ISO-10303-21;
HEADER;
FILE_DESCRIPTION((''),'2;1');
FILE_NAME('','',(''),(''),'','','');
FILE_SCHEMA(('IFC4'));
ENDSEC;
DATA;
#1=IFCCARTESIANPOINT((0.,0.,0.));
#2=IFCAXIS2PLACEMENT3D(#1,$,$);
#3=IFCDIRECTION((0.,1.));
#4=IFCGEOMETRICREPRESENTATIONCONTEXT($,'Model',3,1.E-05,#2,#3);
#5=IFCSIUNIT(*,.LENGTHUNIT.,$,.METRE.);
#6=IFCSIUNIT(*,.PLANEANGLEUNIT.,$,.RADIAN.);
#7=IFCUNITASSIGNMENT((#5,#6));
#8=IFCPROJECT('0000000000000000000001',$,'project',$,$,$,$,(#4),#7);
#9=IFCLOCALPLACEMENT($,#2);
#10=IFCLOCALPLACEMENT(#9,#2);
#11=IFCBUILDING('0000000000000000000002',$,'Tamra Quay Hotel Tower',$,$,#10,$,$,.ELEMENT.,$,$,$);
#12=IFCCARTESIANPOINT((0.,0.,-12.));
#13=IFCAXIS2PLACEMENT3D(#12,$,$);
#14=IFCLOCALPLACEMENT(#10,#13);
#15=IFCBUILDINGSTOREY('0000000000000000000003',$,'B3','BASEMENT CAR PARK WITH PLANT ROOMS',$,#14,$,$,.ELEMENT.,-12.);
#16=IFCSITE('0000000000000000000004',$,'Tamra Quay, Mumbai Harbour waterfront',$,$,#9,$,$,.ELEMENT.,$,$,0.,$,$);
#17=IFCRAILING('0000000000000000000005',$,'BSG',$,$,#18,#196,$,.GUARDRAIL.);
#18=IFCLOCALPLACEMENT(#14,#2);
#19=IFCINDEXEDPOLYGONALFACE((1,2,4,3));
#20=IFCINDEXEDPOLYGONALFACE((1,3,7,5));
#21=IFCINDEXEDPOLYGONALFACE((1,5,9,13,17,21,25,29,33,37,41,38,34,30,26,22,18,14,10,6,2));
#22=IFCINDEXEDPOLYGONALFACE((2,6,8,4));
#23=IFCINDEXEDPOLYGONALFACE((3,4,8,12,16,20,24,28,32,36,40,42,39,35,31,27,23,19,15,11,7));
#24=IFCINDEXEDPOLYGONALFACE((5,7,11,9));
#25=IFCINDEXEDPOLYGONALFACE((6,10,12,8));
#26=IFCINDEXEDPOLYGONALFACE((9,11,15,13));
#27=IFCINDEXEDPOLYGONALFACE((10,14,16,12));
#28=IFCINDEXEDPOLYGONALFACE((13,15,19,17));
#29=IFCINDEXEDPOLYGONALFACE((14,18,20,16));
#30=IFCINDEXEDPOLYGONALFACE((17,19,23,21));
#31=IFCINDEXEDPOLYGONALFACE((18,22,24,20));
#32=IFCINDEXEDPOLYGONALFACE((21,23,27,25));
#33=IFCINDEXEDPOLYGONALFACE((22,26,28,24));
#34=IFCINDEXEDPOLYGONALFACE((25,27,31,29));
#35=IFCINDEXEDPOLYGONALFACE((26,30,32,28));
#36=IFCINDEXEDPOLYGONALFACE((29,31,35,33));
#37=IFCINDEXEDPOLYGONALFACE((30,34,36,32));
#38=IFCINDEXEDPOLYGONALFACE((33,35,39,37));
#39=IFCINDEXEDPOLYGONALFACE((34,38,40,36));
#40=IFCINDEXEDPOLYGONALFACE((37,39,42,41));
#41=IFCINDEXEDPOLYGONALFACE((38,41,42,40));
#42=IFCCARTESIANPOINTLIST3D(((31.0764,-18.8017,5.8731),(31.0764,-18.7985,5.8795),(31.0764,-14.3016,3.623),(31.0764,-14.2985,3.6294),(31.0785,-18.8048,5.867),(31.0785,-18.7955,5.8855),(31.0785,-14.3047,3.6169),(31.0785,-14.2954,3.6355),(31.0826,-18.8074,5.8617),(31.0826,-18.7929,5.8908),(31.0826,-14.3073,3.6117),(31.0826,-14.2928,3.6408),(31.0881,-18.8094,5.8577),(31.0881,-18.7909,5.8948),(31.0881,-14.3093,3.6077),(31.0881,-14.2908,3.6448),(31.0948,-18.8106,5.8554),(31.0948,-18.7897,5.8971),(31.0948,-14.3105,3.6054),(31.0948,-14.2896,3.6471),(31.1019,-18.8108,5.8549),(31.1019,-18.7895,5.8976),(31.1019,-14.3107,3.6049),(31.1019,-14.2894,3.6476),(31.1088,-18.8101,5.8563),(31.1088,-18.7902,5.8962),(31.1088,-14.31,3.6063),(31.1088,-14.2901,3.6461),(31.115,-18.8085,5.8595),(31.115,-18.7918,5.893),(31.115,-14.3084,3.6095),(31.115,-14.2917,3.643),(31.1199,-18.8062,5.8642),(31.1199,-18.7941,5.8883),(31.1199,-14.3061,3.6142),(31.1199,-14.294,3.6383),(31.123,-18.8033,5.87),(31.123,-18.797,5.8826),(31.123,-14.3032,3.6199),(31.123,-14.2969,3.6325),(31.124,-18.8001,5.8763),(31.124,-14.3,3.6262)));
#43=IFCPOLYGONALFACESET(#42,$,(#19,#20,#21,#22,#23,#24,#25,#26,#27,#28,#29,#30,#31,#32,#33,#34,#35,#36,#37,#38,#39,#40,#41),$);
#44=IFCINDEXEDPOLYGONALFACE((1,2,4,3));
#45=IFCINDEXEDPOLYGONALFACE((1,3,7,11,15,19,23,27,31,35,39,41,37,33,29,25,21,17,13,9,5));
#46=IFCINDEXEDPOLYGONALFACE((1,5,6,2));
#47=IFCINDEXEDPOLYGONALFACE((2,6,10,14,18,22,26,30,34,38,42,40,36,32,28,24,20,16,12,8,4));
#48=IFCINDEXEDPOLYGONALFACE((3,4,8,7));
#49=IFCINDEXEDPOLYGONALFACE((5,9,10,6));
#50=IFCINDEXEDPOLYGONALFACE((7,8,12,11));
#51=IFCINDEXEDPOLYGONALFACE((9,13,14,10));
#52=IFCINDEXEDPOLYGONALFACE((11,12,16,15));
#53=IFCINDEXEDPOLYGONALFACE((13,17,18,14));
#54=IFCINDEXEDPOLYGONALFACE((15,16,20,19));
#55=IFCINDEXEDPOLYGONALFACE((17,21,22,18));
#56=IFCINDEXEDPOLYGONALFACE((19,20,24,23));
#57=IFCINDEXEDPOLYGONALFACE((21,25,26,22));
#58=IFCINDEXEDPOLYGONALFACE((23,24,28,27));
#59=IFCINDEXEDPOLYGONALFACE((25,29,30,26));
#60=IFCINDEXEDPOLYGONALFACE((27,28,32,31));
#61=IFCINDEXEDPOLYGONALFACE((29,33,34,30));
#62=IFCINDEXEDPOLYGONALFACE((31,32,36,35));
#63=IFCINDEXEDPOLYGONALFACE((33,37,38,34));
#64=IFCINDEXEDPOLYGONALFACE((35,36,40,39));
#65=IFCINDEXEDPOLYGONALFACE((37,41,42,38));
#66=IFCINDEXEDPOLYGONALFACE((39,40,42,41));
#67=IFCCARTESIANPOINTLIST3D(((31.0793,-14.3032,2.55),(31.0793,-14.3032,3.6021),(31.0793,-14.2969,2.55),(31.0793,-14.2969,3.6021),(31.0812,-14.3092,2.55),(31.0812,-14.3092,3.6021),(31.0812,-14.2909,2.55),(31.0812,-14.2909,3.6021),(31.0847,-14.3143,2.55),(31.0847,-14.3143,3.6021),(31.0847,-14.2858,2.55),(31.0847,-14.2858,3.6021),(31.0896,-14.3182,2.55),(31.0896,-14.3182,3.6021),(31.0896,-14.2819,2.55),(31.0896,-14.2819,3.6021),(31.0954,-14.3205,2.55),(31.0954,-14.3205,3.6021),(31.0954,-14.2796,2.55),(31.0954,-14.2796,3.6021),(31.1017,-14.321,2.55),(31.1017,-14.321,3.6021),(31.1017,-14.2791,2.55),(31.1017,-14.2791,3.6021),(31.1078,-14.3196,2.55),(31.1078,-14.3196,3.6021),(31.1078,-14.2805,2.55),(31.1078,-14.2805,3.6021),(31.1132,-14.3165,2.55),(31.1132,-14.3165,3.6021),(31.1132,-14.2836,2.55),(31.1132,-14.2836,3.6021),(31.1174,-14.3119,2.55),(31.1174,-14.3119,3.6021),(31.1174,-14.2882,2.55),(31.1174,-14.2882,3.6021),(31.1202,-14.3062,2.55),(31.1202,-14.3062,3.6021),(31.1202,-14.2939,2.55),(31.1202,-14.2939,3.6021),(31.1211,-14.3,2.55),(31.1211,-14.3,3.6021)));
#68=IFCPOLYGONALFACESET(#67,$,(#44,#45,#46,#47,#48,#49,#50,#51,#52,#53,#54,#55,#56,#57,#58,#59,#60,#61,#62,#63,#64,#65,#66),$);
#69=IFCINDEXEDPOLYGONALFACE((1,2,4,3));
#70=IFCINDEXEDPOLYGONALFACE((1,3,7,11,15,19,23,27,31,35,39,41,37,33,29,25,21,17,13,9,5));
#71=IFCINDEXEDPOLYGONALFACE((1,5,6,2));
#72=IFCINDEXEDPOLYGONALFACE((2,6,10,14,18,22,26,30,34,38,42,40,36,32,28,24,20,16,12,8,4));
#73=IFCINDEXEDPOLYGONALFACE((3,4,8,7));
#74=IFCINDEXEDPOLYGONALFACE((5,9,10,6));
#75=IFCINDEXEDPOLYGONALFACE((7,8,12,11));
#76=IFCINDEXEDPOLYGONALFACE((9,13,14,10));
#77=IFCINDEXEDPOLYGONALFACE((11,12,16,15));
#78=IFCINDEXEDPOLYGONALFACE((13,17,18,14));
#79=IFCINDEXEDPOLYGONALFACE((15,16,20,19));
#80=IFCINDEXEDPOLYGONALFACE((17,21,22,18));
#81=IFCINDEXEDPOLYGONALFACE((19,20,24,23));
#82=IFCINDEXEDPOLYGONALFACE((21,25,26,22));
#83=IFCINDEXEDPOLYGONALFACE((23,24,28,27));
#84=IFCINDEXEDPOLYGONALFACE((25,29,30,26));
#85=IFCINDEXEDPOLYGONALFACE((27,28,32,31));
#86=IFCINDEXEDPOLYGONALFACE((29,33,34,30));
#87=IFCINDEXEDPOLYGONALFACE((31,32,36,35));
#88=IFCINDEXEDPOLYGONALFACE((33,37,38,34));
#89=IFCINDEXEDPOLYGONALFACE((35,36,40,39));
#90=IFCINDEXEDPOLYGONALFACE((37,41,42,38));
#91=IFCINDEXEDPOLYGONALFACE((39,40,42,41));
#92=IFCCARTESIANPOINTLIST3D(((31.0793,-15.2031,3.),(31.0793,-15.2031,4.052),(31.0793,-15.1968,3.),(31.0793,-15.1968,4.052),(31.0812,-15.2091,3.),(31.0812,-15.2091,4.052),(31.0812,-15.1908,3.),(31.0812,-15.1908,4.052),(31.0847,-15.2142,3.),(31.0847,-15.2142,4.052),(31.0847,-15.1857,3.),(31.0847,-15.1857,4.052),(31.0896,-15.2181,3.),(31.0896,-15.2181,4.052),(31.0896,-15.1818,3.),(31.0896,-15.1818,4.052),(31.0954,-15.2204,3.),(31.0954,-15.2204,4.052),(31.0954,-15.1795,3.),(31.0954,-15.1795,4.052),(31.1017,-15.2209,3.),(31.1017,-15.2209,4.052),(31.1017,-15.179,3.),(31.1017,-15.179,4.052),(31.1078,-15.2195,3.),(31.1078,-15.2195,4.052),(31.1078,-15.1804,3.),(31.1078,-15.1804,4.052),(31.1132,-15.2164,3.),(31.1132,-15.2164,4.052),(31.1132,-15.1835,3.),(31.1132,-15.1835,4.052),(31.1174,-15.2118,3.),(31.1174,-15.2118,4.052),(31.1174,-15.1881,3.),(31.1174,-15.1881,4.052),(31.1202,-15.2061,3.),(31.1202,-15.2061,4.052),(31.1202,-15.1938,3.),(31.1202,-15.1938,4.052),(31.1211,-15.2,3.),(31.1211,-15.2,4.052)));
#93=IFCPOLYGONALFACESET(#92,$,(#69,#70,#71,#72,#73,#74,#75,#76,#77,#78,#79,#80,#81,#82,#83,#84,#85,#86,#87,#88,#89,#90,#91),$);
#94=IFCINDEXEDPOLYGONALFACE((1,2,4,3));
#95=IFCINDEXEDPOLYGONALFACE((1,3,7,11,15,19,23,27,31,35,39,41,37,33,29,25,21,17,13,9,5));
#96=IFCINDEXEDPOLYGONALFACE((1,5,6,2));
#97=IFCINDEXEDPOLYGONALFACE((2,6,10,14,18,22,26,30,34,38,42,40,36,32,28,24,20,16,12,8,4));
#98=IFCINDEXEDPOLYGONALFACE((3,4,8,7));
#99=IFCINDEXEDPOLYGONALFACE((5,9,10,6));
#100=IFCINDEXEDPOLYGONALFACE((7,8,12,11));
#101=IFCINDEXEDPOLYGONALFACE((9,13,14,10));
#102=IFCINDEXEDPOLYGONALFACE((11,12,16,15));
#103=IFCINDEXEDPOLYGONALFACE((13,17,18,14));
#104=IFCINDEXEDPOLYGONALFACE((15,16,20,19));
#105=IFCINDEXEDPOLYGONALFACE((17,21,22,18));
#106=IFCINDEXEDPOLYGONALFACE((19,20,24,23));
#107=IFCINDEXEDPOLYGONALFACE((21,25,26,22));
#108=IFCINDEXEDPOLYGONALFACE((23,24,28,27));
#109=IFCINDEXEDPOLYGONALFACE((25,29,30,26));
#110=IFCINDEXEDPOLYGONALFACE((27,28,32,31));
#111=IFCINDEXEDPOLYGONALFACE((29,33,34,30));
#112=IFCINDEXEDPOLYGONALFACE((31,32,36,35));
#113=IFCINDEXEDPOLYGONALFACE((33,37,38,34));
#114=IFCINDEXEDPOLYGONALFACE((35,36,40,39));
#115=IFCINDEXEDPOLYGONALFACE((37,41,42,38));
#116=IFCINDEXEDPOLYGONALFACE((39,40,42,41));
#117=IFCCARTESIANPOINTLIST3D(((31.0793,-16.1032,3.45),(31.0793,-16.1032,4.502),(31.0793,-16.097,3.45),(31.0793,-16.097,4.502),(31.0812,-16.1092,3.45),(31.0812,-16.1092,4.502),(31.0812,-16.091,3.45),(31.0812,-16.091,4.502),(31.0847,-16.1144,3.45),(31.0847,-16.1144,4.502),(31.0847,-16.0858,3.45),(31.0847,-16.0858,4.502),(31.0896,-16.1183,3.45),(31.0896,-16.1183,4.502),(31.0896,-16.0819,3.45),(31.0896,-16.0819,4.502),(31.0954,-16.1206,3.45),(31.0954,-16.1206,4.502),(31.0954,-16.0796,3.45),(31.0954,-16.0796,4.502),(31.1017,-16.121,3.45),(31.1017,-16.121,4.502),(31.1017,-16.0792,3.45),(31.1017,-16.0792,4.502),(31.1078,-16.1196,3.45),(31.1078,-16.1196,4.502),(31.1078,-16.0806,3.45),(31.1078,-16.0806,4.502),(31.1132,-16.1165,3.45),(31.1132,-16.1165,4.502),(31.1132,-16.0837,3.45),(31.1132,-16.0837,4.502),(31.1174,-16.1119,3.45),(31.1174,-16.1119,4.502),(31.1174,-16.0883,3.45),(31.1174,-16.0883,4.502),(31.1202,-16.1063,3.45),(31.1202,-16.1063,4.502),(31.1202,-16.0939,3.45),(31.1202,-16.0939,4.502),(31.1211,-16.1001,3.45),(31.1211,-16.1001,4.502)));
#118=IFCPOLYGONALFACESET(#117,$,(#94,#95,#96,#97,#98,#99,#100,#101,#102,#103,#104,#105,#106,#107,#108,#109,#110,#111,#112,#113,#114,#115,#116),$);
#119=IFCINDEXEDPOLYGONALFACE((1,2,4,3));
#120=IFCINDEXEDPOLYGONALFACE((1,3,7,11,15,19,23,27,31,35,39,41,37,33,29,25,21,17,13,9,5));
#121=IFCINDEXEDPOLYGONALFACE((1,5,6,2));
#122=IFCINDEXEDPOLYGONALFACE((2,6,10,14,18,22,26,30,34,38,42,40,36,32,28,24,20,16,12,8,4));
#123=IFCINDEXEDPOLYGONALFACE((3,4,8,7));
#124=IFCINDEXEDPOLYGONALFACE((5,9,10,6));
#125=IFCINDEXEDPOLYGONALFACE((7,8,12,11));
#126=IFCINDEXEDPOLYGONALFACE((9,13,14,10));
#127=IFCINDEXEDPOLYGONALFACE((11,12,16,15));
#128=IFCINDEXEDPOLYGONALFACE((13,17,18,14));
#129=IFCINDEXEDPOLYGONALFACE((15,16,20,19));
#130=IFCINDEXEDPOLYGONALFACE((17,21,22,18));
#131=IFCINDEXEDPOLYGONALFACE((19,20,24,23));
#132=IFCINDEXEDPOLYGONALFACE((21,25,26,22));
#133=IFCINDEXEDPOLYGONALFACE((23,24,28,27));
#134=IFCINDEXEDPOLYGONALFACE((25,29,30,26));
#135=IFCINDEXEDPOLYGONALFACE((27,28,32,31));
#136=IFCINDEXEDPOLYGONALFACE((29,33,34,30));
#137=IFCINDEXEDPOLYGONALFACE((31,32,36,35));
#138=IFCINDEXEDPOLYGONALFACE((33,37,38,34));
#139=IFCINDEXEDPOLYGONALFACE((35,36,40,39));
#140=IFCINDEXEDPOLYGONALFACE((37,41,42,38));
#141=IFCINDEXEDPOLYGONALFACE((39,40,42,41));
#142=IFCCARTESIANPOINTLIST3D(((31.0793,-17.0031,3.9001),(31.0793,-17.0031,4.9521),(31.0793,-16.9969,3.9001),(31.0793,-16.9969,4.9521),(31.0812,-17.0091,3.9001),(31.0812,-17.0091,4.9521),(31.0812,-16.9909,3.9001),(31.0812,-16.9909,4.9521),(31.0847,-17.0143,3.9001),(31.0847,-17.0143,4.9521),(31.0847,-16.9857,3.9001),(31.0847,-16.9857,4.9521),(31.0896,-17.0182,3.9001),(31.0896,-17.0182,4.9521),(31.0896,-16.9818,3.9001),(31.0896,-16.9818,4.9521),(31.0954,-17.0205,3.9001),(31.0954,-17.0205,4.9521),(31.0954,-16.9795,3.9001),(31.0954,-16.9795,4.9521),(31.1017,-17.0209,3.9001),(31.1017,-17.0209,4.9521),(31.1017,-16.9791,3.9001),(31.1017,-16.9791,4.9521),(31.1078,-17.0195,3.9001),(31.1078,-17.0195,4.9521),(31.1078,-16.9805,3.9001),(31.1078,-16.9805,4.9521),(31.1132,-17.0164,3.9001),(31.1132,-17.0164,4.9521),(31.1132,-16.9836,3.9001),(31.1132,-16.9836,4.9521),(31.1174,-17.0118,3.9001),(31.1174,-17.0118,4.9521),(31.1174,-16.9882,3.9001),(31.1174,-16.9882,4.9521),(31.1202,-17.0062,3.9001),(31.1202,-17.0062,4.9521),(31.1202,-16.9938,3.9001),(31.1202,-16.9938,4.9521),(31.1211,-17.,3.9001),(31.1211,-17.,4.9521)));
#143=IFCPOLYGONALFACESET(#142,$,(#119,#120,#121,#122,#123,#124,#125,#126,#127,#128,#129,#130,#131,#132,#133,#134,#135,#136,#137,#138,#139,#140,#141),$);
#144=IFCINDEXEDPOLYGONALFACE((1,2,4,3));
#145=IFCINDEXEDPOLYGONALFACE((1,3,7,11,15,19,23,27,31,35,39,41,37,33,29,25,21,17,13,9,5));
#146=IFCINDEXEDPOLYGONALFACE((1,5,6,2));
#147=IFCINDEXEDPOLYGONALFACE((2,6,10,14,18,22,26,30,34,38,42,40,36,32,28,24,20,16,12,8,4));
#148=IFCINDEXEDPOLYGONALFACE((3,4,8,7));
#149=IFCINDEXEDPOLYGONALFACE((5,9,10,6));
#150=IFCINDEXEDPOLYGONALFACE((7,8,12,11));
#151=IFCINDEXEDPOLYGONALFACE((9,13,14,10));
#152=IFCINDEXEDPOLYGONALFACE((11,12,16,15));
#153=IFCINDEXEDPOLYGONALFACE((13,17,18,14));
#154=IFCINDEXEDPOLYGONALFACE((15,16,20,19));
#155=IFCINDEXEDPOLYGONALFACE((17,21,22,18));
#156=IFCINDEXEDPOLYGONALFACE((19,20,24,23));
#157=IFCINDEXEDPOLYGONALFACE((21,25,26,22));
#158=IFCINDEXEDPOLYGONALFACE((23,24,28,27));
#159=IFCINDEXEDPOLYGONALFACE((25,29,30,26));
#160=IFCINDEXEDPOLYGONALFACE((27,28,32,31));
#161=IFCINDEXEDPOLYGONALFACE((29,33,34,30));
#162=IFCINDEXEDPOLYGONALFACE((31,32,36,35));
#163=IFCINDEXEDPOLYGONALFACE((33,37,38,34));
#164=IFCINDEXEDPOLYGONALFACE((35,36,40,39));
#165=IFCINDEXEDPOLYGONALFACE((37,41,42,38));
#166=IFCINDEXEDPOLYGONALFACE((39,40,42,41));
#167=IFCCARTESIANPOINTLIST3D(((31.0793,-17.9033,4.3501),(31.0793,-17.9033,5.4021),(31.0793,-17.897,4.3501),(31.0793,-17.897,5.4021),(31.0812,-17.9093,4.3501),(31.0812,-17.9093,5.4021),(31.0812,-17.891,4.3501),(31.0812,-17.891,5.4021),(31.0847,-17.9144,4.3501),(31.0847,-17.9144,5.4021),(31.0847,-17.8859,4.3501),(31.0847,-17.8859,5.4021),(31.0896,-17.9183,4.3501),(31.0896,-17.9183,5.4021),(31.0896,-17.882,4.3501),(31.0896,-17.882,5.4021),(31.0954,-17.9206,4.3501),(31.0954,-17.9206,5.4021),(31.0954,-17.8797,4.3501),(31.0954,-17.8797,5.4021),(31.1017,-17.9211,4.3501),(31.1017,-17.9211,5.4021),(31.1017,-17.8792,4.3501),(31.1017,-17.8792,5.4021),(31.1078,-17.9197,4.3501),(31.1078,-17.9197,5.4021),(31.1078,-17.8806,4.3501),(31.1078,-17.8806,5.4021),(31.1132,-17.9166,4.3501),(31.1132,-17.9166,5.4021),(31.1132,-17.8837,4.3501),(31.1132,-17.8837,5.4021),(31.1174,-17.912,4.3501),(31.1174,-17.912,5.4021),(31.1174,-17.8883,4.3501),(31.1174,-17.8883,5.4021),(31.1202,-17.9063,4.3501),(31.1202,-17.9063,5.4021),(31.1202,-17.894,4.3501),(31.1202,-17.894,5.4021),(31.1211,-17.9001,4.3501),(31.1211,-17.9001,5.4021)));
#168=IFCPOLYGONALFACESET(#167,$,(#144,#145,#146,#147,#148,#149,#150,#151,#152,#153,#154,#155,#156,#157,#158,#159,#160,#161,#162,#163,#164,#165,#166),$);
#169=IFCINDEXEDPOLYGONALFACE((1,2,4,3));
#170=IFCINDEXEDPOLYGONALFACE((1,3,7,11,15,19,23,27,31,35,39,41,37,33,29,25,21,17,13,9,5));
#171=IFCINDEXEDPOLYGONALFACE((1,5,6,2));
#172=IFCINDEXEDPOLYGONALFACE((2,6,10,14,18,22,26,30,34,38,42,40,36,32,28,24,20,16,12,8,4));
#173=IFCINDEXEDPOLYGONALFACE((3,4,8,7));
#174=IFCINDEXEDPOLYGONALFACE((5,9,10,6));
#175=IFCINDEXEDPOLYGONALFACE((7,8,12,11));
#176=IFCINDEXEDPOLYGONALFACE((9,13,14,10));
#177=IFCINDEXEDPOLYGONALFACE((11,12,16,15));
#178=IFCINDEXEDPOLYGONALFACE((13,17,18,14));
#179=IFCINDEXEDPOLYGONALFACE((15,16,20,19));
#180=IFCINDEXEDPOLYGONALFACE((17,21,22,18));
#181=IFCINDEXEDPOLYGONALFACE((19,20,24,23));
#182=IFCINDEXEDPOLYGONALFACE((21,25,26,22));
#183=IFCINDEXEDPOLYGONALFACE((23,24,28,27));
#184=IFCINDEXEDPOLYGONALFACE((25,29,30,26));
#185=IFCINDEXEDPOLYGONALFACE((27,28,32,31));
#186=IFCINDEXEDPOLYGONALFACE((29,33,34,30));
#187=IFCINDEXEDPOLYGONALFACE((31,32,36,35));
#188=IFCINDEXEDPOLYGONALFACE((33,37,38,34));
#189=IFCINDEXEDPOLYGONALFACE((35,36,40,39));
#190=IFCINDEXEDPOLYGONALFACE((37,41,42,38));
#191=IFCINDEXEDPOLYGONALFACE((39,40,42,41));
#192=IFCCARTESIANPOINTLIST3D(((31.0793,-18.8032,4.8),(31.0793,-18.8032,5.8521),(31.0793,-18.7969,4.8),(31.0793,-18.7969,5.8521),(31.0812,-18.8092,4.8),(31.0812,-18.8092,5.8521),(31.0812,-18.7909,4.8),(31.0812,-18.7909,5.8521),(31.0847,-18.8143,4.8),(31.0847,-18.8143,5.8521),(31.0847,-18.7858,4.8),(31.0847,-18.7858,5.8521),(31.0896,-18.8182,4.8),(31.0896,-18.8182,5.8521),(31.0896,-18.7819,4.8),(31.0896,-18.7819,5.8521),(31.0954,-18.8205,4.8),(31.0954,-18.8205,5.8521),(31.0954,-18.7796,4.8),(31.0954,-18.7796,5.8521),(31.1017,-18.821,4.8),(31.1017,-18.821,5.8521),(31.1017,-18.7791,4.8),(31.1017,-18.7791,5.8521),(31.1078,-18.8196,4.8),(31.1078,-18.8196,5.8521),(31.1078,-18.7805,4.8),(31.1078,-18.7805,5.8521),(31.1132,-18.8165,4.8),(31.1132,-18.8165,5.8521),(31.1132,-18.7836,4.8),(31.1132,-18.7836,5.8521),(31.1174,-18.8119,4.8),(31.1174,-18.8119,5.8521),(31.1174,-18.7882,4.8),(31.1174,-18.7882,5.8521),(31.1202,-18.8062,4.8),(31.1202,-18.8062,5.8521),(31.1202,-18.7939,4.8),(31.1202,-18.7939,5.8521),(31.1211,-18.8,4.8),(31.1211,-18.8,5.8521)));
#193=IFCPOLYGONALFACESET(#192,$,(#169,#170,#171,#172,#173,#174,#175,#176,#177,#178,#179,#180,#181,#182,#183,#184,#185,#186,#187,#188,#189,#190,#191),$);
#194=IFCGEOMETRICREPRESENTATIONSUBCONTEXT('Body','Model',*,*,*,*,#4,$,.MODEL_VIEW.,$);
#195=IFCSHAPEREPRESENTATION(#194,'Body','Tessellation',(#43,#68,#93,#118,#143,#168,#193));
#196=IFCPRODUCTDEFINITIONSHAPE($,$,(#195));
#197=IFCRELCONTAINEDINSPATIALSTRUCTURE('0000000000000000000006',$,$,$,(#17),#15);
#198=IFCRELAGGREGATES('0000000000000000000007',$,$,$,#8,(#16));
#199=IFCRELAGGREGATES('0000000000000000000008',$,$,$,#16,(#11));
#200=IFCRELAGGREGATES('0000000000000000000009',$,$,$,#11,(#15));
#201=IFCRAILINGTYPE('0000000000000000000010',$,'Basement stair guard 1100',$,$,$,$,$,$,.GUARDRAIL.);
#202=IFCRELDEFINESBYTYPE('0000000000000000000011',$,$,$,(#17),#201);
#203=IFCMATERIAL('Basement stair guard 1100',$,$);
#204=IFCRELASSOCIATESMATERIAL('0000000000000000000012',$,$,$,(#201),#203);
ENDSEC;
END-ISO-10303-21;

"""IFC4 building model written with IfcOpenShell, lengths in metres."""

from ifc_helpers import new_model, si_unit, direction, frame, origin, origin_2d, place, context, subcontext, project, spatial, circle, extrude, material, type_object, element, save


model = new_model("IFC4")

# Units and contexts
model_context = context("Model", 3, precision=1e-05, world=origin(), true_north=direction((0.0, 1.0)))
body_context = subcontext(model_context, "Body", "Model", "MODEL_VIEW")
ifc_project = project(units=[si_unit("LENGTHUNIT", "METRE"), si_unit("PLANEANGLEUNIT", "RADIAN")], contexts=[model_context])

# Site, building, storey
site_placement = place(None, origin())
site = spatial("IfcSite", under=ifc_project, at=site_placement, Name="Tamra Quay, Mumbai Harbour waterfront", CompositionType="ELEMENT", RefElevation=0.0)
building_placement = place(site_placement, origin())
building = spatial("IfcBuilding", under=site, at=building_placement, Name="Tamra Quay Hotel Tower", CompositionType="ELEMENT")
storey_placement = place(building_placement, frame((0.0, 0.0, -12.0)))
storey = spatial("IfcBuildingStorey", under=building, at=storey_placement, Name="B3", Description="BASEMENT CAR PARK WITH PLANT ROOMS", CompositionType="ELEMENT", Elevation=-12.0)

# Railing
ifc_material_1 = material(Name="Basement stair guard 1100")
railing_type_1 = type_object("IfcRailingType", Name="Basement stair guard 1100", PredefinedType="GUARDRAIL", material=ifc_material_1)
railing_1_placement = place(storey_placement, frame((31.1001, -14.3, 2.55)))
element("IfcRailing", 1, at=railing_1_placement, inside=storey, type_object=railing_type_1, Name="BSG", PredefinedType="GUARDRAIL", context=body_context, shape_type="SweptSolid", body=[
    extrude(circle(Radius=0.0239, at=origin_2d()), frame((0.0, 0.0, 1.0762), z_axis=(0.0, -0.894427, 0.447214), x_axis=(1.0, 0.0, 0.0)), (0.0, 0.0, 1.0), 5.0312),
    extrude(circle(Radius=0.021, at=origin_2d()), origin(), (0.0, 0.0, 1.0), 1.052),
    extrude(circle(Radius=0.021, at=origin_2d()), frame((0.0, -0.8999, 0.45)), (0.0, 0.0, 1.0), 1.052),
    extrude(circle(Radius=0.021, at=origin_2d()), frame((0.0, -1.8, 0.8999)), (0.0, 0.0, 1.0), 1.052),
    extrude(circle(Radius=0.021, at=origin_2d()), frame((0.0, -2.7, 1.3501)), (0.0, 0.0, 1.0), 1.052),
    extrude(circle(Radius=0.021, at=origin_2d()), frame((0.0, -3.6001, 1.8)), (0.0, 0.0, 1.0), 1.052),
    extrude(circle(Radius=0.021, at=origin_2d()), frame((0.0, -4.5, 2.25)), (0.0, 0.0, 1.0), 1.052),
])

save(model, "model.ifc")
